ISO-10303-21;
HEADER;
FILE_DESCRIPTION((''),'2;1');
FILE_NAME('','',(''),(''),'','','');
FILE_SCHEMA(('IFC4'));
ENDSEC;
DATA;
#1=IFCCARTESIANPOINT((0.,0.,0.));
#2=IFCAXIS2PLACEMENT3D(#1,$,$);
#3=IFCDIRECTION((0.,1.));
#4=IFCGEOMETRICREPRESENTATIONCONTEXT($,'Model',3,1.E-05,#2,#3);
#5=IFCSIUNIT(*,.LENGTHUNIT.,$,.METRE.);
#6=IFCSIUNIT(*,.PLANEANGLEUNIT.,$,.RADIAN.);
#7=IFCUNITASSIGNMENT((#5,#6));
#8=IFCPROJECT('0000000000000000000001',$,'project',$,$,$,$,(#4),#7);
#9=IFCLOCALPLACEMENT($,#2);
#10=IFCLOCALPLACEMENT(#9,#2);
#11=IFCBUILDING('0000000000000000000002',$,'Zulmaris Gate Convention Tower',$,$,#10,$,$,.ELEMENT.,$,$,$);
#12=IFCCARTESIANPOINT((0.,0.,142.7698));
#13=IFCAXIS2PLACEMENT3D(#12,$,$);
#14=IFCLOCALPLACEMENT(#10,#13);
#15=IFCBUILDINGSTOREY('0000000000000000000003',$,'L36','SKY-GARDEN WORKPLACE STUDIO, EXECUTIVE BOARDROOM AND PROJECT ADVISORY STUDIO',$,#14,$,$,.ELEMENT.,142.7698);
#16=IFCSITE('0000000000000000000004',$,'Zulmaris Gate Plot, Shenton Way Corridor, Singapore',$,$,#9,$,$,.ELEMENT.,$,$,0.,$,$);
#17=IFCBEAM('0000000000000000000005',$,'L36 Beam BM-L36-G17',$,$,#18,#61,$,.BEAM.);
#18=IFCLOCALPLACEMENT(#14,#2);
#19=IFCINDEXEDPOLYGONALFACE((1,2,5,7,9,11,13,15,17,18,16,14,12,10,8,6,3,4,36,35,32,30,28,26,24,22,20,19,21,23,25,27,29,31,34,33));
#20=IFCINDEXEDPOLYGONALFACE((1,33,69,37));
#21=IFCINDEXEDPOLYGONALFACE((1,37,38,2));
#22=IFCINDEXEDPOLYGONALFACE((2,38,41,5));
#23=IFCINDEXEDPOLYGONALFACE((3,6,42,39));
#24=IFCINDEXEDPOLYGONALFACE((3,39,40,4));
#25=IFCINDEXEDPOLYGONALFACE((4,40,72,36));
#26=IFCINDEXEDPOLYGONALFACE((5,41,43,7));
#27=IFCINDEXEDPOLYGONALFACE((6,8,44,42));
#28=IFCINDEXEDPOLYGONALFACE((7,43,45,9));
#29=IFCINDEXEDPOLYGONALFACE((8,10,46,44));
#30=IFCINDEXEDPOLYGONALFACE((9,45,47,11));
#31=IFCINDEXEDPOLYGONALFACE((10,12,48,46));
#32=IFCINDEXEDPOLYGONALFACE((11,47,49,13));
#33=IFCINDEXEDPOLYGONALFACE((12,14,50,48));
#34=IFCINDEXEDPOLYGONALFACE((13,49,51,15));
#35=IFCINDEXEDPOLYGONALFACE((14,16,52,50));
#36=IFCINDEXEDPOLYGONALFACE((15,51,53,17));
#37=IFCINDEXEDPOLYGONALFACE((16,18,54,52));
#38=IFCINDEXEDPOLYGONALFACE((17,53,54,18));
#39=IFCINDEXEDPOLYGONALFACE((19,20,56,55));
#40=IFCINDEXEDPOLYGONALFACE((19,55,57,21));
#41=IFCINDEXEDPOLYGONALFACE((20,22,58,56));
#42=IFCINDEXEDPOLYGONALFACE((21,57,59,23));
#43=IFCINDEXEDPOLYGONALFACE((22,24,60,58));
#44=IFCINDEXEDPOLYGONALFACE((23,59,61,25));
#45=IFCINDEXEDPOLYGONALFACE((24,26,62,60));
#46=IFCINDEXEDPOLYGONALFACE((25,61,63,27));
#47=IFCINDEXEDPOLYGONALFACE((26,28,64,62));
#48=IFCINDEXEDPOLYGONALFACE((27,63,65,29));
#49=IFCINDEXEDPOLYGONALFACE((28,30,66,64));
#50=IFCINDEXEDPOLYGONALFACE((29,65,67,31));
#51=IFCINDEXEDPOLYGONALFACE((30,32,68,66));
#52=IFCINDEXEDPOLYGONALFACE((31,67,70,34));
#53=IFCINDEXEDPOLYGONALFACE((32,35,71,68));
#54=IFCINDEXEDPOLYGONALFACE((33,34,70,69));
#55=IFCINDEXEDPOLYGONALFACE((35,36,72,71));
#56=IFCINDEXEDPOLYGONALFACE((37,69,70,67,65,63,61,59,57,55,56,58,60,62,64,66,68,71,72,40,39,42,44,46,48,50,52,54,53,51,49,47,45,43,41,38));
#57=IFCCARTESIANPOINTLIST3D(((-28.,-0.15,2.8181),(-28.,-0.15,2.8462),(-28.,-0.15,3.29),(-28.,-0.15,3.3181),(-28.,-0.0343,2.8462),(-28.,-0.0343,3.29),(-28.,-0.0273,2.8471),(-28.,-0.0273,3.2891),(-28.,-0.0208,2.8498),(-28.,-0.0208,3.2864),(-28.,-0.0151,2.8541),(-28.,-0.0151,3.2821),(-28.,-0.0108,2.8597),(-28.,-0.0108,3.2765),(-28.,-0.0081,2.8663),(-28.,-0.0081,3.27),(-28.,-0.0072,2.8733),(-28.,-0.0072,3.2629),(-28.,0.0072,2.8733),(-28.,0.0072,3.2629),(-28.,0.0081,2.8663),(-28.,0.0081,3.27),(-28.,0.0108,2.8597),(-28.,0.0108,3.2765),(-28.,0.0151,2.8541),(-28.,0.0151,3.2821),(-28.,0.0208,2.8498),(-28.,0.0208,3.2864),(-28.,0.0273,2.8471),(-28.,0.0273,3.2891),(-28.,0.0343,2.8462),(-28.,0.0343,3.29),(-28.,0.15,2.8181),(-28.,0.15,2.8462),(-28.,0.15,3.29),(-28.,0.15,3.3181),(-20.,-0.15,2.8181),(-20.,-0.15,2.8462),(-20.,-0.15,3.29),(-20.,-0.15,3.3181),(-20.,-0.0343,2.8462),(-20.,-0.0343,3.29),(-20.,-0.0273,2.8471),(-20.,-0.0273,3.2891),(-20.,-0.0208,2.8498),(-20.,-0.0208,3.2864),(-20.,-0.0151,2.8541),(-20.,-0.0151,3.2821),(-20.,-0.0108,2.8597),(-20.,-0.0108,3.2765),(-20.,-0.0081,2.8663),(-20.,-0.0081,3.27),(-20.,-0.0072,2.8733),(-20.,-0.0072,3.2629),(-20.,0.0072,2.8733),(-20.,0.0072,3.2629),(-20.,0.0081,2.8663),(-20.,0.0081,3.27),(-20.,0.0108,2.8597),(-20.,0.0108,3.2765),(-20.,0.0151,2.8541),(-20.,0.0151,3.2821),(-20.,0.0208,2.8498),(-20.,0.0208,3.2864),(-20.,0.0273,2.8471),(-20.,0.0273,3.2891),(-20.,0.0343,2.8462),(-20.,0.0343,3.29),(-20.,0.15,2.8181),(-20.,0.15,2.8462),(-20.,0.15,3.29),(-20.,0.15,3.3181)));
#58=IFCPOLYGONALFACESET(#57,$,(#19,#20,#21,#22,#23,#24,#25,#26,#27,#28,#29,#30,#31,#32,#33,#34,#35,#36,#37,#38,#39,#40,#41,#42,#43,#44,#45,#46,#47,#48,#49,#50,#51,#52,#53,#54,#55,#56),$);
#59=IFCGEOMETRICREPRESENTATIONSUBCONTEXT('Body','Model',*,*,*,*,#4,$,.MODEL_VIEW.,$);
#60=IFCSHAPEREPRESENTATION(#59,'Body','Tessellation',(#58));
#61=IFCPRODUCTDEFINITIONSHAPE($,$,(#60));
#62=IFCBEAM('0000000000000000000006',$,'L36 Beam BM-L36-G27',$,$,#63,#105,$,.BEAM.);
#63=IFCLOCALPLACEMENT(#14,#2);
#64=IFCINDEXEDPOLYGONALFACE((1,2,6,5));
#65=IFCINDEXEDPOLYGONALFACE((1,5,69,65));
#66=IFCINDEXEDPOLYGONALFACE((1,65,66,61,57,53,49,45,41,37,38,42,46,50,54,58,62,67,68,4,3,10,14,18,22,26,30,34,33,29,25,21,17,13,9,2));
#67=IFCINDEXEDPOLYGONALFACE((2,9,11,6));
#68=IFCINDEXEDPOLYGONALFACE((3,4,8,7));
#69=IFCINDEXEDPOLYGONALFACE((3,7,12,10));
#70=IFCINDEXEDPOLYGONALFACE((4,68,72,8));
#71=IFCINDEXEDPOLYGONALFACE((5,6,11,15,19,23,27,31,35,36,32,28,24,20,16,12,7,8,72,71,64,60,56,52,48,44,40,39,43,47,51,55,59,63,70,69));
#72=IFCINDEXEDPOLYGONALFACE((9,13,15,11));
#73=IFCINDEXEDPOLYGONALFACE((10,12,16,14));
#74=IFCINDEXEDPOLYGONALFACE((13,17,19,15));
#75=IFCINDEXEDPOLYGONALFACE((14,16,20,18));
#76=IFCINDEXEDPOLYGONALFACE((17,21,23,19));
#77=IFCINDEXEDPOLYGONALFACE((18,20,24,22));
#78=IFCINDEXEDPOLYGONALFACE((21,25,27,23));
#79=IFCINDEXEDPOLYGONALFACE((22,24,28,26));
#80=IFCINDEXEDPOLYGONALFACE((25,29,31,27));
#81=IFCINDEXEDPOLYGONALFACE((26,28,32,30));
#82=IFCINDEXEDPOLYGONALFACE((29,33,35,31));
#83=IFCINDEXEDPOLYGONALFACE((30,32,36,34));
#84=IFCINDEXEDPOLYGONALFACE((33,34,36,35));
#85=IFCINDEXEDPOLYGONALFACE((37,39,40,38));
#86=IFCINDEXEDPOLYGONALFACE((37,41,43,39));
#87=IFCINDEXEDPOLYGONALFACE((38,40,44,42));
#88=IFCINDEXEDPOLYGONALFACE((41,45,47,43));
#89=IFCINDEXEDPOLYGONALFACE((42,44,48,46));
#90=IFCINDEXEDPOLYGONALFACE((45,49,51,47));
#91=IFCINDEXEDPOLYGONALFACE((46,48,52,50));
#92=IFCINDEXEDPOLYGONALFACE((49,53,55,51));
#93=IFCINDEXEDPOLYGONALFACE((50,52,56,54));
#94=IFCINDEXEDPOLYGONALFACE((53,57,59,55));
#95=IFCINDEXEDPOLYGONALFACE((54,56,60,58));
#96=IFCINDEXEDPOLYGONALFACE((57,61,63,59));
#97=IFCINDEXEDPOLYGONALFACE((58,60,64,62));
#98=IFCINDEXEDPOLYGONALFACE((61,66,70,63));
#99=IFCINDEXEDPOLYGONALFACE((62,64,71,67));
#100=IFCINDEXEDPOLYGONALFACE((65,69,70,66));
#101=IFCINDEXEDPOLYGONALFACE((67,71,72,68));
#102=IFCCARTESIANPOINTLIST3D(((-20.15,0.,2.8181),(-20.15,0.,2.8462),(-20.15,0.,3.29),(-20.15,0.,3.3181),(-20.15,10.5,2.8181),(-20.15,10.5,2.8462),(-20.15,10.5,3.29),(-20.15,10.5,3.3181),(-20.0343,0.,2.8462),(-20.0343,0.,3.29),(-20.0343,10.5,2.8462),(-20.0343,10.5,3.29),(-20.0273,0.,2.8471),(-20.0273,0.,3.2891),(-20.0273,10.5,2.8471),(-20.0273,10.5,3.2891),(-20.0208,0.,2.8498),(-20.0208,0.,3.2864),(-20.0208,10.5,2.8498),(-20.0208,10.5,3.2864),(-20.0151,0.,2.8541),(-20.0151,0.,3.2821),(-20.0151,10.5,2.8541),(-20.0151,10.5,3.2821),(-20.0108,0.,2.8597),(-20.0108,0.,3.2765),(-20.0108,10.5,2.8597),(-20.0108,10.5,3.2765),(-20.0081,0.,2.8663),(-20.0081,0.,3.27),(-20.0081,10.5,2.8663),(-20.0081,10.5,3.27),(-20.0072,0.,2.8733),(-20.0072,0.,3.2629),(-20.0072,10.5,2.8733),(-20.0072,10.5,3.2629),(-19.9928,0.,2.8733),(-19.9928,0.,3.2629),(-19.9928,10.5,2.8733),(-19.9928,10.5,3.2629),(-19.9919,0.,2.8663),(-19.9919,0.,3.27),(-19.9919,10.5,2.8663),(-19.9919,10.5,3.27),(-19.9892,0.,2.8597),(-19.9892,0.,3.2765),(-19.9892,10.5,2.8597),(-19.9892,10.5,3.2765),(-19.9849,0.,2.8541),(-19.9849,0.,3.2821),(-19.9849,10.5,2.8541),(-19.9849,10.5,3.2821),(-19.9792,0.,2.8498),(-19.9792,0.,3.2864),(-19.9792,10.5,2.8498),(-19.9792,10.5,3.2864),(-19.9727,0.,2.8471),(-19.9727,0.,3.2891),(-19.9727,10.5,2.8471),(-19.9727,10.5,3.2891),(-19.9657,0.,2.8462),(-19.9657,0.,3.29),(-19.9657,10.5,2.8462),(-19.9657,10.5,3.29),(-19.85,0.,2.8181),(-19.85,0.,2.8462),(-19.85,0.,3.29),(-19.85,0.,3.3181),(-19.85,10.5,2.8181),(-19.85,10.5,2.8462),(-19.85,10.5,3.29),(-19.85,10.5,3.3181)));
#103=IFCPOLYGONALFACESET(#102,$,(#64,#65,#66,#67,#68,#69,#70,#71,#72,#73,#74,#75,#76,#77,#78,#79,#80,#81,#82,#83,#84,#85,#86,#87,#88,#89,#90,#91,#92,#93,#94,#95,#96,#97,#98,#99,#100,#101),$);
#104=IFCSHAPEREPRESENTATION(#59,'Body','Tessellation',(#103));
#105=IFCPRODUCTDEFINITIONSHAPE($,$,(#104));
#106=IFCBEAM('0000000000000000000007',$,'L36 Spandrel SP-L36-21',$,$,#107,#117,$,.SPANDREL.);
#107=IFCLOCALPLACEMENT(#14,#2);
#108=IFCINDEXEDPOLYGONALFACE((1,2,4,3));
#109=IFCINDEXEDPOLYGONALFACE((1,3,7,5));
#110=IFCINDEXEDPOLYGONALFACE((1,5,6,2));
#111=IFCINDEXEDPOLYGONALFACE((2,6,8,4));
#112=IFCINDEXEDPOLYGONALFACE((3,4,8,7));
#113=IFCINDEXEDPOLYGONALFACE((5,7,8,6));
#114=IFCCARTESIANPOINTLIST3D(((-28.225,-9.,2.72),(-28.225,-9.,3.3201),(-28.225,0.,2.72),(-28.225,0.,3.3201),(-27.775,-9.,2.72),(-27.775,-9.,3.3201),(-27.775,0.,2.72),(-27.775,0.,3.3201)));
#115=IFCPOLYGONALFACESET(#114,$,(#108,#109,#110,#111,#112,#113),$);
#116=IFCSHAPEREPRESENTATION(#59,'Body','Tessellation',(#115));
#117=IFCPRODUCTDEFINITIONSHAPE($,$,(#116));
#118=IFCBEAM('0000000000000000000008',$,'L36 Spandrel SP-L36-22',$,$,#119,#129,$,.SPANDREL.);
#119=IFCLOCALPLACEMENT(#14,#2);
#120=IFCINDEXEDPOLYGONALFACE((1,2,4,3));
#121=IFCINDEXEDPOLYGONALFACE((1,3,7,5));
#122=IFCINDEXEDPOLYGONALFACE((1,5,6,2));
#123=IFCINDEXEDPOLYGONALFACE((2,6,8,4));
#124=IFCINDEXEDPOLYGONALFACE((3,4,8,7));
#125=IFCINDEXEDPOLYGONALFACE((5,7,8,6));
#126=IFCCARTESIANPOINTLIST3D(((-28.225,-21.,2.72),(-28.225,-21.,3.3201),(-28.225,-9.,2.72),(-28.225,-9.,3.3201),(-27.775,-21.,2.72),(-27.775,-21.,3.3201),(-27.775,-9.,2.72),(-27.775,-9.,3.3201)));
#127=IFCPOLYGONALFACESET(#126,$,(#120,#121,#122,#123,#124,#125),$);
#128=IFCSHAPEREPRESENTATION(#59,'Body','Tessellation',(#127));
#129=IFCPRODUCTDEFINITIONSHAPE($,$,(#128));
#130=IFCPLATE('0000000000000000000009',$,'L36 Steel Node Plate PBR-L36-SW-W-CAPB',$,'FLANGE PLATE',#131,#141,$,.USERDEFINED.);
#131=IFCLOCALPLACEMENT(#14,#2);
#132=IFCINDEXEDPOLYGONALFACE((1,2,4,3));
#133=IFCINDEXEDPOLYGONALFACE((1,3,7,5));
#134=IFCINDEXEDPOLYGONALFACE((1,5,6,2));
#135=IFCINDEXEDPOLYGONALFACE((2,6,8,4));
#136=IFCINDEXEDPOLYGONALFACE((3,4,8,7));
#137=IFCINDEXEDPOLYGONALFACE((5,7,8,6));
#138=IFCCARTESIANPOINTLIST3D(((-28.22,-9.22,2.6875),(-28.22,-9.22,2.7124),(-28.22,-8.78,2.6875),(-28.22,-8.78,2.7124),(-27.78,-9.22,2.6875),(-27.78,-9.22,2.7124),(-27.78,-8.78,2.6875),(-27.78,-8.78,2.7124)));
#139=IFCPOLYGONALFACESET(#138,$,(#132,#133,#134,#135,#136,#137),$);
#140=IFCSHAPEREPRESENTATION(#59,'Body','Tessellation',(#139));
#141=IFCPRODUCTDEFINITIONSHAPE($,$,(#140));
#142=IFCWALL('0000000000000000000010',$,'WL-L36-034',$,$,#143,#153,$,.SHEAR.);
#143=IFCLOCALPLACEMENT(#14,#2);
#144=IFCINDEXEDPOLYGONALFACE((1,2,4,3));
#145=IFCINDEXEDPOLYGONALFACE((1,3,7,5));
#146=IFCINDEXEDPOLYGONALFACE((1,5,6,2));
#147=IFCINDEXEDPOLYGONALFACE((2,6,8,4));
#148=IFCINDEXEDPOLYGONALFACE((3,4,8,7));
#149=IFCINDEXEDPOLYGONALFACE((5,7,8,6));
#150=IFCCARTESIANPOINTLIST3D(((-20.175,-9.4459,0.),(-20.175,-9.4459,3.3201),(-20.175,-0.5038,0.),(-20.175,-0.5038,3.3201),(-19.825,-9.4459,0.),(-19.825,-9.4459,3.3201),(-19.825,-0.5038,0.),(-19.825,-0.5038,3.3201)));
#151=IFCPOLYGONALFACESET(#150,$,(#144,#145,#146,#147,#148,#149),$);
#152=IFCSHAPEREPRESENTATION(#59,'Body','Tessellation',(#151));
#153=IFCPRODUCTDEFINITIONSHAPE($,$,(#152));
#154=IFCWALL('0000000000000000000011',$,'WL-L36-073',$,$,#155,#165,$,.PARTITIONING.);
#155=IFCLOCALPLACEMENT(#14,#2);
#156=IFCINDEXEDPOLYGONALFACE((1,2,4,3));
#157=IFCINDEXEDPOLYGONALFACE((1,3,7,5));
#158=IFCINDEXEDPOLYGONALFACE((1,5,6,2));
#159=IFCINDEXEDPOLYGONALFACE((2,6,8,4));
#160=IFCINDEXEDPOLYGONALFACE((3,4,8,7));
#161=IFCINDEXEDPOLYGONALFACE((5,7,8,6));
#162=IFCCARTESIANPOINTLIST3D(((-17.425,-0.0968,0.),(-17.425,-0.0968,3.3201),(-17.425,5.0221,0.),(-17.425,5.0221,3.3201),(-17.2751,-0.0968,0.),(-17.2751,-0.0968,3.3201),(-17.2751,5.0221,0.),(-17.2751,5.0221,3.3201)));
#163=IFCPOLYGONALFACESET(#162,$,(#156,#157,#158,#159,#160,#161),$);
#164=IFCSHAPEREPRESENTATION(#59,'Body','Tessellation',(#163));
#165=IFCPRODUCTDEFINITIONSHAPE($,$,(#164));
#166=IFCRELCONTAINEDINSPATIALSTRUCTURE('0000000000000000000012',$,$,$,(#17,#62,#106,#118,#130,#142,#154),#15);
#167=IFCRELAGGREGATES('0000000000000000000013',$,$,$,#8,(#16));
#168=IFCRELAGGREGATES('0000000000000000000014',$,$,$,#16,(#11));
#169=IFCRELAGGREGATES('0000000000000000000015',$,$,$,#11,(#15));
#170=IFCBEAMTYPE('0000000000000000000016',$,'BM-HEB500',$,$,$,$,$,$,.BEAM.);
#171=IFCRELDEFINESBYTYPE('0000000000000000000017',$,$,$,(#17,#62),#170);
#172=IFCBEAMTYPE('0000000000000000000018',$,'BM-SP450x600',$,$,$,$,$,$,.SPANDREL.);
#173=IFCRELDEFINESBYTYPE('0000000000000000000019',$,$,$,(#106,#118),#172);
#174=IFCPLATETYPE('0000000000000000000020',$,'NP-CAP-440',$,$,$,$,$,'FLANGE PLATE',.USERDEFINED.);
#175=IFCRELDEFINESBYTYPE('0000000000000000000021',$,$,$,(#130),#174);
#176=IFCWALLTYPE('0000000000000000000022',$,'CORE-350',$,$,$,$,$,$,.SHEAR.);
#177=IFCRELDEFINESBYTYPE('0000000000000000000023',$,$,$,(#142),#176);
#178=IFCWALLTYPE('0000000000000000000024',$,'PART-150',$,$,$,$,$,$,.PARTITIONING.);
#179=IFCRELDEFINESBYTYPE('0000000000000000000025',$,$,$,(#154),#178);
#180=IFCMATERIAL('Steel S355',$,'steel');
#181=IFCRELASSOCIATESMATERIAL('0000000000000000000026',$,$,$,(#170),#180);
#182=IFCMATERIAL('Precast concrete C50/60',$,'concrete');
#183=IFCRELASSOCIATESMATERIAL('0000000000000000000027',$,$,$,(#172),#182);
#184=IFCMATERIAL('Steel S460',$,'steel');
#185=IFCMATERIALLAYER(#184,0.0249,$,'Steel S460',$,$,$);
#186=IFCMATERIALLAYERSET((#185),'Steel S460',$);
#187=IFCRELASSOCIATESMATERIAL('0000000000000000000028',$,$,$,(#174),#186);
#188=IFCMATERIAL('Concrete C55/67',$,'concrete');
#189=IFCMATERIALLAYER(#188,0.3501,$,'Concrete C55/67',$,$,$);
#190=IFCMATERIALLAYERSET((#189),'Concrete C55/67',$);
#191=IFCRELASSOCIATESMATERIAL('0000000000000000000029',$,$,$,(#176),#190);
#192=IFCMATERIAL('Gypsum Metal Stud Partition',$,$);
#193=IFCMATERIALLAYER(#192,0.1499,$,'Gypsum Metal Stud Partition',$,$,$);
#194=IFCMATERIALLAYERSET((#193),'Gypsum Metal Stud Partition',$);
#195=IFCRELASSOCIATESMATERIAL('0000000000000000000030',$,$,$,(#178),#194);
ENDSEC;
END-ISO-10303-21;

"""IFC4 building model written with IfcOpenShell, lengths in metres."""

from ifc_helpers import new_model, si_unit, direction, frame, frame_2d, origin, origin_2d, place, context, subcontext, project, spatial, rectangle, i_section, extrude, material, layer, layer_set, material_profile, profile_set, type_object, element, save


model = new_model("IFC4")

# Units and contexts
model_context = context("Model", 3, precision=1e-05, world=origin(), true_north=direction((0.0, 1.0)))
body_context = subcontext(model_context, "Body", "Model", "MODEL_VIEW")
ifc_project = project(units=[si_unit("LENGTHUNIT", "METRE"), si_unit("PLANEANGLEUNIT", "RADIAN")], contexts=[model_context])

# Site, building, storey
site_placement = place(None, origin())
site = spatial("IfcSite", under=ifc_project, at=site_placement, Name="Zulmaris Gate Plot, Shenton Way Corridor, Singapore", CompositionType="ELEMENT", RefElevation=0.0)
building_placement = place(site_placement, origin())
building = spatial("IfcBuilding", under=site, at=building_placement, Name="Zulmaris Gate Convention Tower", CompositionType="ELEMENT")
storey_placement = place(building_placement, frame((0.0, 0.0, 142.7698)))
storey = spatial("IfcBuildingStorey", under=building, at=storey_placement, Name="L36", Description="SKY-GARDEN WORKPLACE STUDIO, EXECUTIVE BOARDROOM AND PROJECT ADVISORY STUDIO", CompositionType="ELEMENT", Elevation=142.7698)

# Beams
ifc_material_1 = material(Name="Steel S355", Category="steel")
ifc_material_profile_1 = material_profile(ifc_material_1, i_section(OverallWidth=0.3, OverallDepth=0.5, WebThickness=0.0144, FlangeThickness=0.0281, FilletRadius=0.0271, at=origin_2d()), Name="HEB 500")
ifc_profile_set_1 = profile_set([ifc_material_profile_1], Name="Steel S355")
beam_type_1 = type_object("IfcBeamType", Name="BM-HEB500", PredefinedType="BEAM", material=ifc_profile_set_1)
for number, where, z_axis, x_axis, name in (
    (1, (-28.0, 0.0, 3.0681), (1.0, 0.0, 0.0), (0.0, 1.0, 0.0), "L36 Beam BM-L36-G17"),
):
    element("IfcBeam", number, at=place(storey_placement, frame(where, z_axis=z_axis, x_axis=x_axis)), inside=storey, type_object=beam_type_1, Name=name, PredefinedType="BEAM", context=body_context, shape_type="SweptSolid", body=[
        extrude(i_section(OverallWidth=0.3, OverallDepth=0.5, WebThickness=0.0144, FlangeThickness=0.0281, FilletRadius=0.0271, at=origin_2d()), origin(), (0.0, 0.0, 1.0), 8.0),
    ])
beam_1_placement = place(storey_placement, frame((-20.0, 0.0, 3.0681), z_axis=(0.0, 1.0, 0.0), x_axis=(-1.0, 0.0, 0.0)))
element("IfcBeam", 2, at=beam_1_placement, inside=storey, type_object=beam_type_1, Name="L36 Beam BM-L36-G27", PredefinedType="BEAM", context=body_context, shape_type="SweptSolid", body=[
    extrude(i_section(OverallWidth=0.3, OverallDepth=0.5, WebThickness=0.0144, FlangeThickness=0.0281, FilletRadius=0.0271, at=origin_2d()), origin(), (0.0, 0.0, 1.0), 10.5),
])
ifc_material_2 = material(Name="Precast concrete C50/60", Category="concrete")
ifc_material_profile_2 = material_profile(ifc_material_2, rectangle(XDim=0.45, YDim=0.6001, at=origin_2d()), Name="RC SPANDREL 450x600")
ifc_profile_set_2 = profile_set([ifc_material_profile_2], Name="Precast concrete C50/60")
beam_type_2 = type_object("IfcBeamType", Name="BM-SP450x600", PredefinedType="SPANDREL", material=ifc_profile_set_2)
beam_2_placement = place(storey_placement, frame((-28.0, 0.0, 3.02), z_axis=(0.0, -1.0, 0.0), x_axis=(1.0, 0.0, 0.0)))
element("IfcBeam", 3, at=beam_2_placement, inside=storey, type_object=beam_type_2, Name="L36 Spandrel SP-L36-21", PredefinedType="SPANDREL", context=body_context, shape_type="SweptSolid", body=[
    extrude(rectangle(XDim=0.45, YDim=0.6001, at=origin_2d()), origin(), (0.0, 0.0, 1.0), 9.0),
])
beam_3_placement = place(storey_placement, frame((-28.0, -9.0, 3.02), z_axis=(0.0, -1.0, 0.0), x_axis=(1.0, 0.0, 0.0)))
element("IfcBeam", 4, at=beam_3_placement, inside=storey, type_object=beam_type_2, Name="L36 Spandrel SP-L36-22", PredefinedType="SPANDREL", context=body_context, shape_type="SweptSolid", body=[
    extrude(rectangle(XDim=0.45, YDim=0.6001, at=origin_2d()), origin(), (0.0, 0.0, 1.0), 12.0),
])

# Plate
ifc_material_3 = material(Name="Steel S460", Category="steel")
ifc_layer_1 = layer(ifc_material_3, 0.0249, Name="Steel S460")
ifc_layer_set_1 = layer_set([ifc_layer_1], Name="Steel S460")
plate_type = type_object("IfcPlateType", Name="NP-CAP-440", ElementType="FLANGE PLATE", PredefinedType="USERDEFINED", material=ifc_layer_set_1)
plate_placement = place(storey_placement, frame((-28.0, -9.0, 2.6875), z_axis=(0.0, 0.0, 1.0), x_axis=(1.0, 0.0, 0.0)))
element("IfcPlate", 5, at=plate_placement, inside=storey, type_object=plate_type, Name="L36 Steel Node Plate PBR-L36-SW-W-CAPB", ObjectType="FLANGE PLATE", PredefinedType="USERDEFINED", context=body_context, shape_type="SweptSolid", body=[
    extrude(rectangle(XDim=0.4399, YDim=0.4399, at=origin_2d()), origin(), (0.0, 0.0, 1.0), 0.0249),
])

# Walls
ifc_material_4 = material(Name="Concrete C55/67", Category="concrete")
ifc_layer_2 = layer(ifc_material_4, 0.3501, Name="Concrete C55/67")
ifc_layer_set_2 = layer_set([ifc_layer_2], Name="Concrete C55/67")
wall_type_1 = type_object("IfcWallType", Name="CORE-350", PredefinedType="SHEAR", material=ifc_layer_set_2)
wall_1_placement = place(storey_placement, frame((-20.0, -9.446, 0.0), z_axis=(0.0, 0.0, 1.0), x_axis=(0.0, 1.0, 0.0)))
element("IfcWall", 6, at=wall_1_placement, inside=storey, type_object=wall_type_1, Name="WL-L36-034", PredefinedType="SHEAR", context=body_context, shape_type="SweptSolid", body=[
    extrude(rectangle(XDim=8.9421, YDim=0.3501, at=frame_2d((4.4712, 0.0))), origin(), (0.0, 0.0, 1.0), 3.3201),
])
ifc_material_5 = material(Name="Gypsum Metal Stud Partition")
ifc_layer_3 = layer(ifc_material_5, 0.1499, Name="Gypsum Metal Stud Partition")
ifc_layer_set_3 = layer_set([ifc_layer_3], Name="Gypsum Metal Stud Partition")
wall_type_2 = type_object("IfcWallType", Name="PART-150", PredefinedType="PARTITIONING", material=ifc_layer_set_3)
wall_2_placement = place(storey_placement, frame((-17.3501, -0.0969, 0.0), z_axis=(0.0, 0.0, 1.0), x_axis=(0.0, 1.0, 0.0)))
element("IfcWall", 7, at=wall_2_placement, inside=storey, type_object=wall_type_2, Name="WL-L36-073", PredefinedType="PARTITIONING", context=body_context, shape_type="SweptSolid", body=[
    extrude(rectangle(XDim=5.1189, YDim=0.1499, at=frame_2d((2.5596, 0.0))), origin(), (0.0, 0.0, 1.0), 3.3201),
])

save(model, "model.ifc")
